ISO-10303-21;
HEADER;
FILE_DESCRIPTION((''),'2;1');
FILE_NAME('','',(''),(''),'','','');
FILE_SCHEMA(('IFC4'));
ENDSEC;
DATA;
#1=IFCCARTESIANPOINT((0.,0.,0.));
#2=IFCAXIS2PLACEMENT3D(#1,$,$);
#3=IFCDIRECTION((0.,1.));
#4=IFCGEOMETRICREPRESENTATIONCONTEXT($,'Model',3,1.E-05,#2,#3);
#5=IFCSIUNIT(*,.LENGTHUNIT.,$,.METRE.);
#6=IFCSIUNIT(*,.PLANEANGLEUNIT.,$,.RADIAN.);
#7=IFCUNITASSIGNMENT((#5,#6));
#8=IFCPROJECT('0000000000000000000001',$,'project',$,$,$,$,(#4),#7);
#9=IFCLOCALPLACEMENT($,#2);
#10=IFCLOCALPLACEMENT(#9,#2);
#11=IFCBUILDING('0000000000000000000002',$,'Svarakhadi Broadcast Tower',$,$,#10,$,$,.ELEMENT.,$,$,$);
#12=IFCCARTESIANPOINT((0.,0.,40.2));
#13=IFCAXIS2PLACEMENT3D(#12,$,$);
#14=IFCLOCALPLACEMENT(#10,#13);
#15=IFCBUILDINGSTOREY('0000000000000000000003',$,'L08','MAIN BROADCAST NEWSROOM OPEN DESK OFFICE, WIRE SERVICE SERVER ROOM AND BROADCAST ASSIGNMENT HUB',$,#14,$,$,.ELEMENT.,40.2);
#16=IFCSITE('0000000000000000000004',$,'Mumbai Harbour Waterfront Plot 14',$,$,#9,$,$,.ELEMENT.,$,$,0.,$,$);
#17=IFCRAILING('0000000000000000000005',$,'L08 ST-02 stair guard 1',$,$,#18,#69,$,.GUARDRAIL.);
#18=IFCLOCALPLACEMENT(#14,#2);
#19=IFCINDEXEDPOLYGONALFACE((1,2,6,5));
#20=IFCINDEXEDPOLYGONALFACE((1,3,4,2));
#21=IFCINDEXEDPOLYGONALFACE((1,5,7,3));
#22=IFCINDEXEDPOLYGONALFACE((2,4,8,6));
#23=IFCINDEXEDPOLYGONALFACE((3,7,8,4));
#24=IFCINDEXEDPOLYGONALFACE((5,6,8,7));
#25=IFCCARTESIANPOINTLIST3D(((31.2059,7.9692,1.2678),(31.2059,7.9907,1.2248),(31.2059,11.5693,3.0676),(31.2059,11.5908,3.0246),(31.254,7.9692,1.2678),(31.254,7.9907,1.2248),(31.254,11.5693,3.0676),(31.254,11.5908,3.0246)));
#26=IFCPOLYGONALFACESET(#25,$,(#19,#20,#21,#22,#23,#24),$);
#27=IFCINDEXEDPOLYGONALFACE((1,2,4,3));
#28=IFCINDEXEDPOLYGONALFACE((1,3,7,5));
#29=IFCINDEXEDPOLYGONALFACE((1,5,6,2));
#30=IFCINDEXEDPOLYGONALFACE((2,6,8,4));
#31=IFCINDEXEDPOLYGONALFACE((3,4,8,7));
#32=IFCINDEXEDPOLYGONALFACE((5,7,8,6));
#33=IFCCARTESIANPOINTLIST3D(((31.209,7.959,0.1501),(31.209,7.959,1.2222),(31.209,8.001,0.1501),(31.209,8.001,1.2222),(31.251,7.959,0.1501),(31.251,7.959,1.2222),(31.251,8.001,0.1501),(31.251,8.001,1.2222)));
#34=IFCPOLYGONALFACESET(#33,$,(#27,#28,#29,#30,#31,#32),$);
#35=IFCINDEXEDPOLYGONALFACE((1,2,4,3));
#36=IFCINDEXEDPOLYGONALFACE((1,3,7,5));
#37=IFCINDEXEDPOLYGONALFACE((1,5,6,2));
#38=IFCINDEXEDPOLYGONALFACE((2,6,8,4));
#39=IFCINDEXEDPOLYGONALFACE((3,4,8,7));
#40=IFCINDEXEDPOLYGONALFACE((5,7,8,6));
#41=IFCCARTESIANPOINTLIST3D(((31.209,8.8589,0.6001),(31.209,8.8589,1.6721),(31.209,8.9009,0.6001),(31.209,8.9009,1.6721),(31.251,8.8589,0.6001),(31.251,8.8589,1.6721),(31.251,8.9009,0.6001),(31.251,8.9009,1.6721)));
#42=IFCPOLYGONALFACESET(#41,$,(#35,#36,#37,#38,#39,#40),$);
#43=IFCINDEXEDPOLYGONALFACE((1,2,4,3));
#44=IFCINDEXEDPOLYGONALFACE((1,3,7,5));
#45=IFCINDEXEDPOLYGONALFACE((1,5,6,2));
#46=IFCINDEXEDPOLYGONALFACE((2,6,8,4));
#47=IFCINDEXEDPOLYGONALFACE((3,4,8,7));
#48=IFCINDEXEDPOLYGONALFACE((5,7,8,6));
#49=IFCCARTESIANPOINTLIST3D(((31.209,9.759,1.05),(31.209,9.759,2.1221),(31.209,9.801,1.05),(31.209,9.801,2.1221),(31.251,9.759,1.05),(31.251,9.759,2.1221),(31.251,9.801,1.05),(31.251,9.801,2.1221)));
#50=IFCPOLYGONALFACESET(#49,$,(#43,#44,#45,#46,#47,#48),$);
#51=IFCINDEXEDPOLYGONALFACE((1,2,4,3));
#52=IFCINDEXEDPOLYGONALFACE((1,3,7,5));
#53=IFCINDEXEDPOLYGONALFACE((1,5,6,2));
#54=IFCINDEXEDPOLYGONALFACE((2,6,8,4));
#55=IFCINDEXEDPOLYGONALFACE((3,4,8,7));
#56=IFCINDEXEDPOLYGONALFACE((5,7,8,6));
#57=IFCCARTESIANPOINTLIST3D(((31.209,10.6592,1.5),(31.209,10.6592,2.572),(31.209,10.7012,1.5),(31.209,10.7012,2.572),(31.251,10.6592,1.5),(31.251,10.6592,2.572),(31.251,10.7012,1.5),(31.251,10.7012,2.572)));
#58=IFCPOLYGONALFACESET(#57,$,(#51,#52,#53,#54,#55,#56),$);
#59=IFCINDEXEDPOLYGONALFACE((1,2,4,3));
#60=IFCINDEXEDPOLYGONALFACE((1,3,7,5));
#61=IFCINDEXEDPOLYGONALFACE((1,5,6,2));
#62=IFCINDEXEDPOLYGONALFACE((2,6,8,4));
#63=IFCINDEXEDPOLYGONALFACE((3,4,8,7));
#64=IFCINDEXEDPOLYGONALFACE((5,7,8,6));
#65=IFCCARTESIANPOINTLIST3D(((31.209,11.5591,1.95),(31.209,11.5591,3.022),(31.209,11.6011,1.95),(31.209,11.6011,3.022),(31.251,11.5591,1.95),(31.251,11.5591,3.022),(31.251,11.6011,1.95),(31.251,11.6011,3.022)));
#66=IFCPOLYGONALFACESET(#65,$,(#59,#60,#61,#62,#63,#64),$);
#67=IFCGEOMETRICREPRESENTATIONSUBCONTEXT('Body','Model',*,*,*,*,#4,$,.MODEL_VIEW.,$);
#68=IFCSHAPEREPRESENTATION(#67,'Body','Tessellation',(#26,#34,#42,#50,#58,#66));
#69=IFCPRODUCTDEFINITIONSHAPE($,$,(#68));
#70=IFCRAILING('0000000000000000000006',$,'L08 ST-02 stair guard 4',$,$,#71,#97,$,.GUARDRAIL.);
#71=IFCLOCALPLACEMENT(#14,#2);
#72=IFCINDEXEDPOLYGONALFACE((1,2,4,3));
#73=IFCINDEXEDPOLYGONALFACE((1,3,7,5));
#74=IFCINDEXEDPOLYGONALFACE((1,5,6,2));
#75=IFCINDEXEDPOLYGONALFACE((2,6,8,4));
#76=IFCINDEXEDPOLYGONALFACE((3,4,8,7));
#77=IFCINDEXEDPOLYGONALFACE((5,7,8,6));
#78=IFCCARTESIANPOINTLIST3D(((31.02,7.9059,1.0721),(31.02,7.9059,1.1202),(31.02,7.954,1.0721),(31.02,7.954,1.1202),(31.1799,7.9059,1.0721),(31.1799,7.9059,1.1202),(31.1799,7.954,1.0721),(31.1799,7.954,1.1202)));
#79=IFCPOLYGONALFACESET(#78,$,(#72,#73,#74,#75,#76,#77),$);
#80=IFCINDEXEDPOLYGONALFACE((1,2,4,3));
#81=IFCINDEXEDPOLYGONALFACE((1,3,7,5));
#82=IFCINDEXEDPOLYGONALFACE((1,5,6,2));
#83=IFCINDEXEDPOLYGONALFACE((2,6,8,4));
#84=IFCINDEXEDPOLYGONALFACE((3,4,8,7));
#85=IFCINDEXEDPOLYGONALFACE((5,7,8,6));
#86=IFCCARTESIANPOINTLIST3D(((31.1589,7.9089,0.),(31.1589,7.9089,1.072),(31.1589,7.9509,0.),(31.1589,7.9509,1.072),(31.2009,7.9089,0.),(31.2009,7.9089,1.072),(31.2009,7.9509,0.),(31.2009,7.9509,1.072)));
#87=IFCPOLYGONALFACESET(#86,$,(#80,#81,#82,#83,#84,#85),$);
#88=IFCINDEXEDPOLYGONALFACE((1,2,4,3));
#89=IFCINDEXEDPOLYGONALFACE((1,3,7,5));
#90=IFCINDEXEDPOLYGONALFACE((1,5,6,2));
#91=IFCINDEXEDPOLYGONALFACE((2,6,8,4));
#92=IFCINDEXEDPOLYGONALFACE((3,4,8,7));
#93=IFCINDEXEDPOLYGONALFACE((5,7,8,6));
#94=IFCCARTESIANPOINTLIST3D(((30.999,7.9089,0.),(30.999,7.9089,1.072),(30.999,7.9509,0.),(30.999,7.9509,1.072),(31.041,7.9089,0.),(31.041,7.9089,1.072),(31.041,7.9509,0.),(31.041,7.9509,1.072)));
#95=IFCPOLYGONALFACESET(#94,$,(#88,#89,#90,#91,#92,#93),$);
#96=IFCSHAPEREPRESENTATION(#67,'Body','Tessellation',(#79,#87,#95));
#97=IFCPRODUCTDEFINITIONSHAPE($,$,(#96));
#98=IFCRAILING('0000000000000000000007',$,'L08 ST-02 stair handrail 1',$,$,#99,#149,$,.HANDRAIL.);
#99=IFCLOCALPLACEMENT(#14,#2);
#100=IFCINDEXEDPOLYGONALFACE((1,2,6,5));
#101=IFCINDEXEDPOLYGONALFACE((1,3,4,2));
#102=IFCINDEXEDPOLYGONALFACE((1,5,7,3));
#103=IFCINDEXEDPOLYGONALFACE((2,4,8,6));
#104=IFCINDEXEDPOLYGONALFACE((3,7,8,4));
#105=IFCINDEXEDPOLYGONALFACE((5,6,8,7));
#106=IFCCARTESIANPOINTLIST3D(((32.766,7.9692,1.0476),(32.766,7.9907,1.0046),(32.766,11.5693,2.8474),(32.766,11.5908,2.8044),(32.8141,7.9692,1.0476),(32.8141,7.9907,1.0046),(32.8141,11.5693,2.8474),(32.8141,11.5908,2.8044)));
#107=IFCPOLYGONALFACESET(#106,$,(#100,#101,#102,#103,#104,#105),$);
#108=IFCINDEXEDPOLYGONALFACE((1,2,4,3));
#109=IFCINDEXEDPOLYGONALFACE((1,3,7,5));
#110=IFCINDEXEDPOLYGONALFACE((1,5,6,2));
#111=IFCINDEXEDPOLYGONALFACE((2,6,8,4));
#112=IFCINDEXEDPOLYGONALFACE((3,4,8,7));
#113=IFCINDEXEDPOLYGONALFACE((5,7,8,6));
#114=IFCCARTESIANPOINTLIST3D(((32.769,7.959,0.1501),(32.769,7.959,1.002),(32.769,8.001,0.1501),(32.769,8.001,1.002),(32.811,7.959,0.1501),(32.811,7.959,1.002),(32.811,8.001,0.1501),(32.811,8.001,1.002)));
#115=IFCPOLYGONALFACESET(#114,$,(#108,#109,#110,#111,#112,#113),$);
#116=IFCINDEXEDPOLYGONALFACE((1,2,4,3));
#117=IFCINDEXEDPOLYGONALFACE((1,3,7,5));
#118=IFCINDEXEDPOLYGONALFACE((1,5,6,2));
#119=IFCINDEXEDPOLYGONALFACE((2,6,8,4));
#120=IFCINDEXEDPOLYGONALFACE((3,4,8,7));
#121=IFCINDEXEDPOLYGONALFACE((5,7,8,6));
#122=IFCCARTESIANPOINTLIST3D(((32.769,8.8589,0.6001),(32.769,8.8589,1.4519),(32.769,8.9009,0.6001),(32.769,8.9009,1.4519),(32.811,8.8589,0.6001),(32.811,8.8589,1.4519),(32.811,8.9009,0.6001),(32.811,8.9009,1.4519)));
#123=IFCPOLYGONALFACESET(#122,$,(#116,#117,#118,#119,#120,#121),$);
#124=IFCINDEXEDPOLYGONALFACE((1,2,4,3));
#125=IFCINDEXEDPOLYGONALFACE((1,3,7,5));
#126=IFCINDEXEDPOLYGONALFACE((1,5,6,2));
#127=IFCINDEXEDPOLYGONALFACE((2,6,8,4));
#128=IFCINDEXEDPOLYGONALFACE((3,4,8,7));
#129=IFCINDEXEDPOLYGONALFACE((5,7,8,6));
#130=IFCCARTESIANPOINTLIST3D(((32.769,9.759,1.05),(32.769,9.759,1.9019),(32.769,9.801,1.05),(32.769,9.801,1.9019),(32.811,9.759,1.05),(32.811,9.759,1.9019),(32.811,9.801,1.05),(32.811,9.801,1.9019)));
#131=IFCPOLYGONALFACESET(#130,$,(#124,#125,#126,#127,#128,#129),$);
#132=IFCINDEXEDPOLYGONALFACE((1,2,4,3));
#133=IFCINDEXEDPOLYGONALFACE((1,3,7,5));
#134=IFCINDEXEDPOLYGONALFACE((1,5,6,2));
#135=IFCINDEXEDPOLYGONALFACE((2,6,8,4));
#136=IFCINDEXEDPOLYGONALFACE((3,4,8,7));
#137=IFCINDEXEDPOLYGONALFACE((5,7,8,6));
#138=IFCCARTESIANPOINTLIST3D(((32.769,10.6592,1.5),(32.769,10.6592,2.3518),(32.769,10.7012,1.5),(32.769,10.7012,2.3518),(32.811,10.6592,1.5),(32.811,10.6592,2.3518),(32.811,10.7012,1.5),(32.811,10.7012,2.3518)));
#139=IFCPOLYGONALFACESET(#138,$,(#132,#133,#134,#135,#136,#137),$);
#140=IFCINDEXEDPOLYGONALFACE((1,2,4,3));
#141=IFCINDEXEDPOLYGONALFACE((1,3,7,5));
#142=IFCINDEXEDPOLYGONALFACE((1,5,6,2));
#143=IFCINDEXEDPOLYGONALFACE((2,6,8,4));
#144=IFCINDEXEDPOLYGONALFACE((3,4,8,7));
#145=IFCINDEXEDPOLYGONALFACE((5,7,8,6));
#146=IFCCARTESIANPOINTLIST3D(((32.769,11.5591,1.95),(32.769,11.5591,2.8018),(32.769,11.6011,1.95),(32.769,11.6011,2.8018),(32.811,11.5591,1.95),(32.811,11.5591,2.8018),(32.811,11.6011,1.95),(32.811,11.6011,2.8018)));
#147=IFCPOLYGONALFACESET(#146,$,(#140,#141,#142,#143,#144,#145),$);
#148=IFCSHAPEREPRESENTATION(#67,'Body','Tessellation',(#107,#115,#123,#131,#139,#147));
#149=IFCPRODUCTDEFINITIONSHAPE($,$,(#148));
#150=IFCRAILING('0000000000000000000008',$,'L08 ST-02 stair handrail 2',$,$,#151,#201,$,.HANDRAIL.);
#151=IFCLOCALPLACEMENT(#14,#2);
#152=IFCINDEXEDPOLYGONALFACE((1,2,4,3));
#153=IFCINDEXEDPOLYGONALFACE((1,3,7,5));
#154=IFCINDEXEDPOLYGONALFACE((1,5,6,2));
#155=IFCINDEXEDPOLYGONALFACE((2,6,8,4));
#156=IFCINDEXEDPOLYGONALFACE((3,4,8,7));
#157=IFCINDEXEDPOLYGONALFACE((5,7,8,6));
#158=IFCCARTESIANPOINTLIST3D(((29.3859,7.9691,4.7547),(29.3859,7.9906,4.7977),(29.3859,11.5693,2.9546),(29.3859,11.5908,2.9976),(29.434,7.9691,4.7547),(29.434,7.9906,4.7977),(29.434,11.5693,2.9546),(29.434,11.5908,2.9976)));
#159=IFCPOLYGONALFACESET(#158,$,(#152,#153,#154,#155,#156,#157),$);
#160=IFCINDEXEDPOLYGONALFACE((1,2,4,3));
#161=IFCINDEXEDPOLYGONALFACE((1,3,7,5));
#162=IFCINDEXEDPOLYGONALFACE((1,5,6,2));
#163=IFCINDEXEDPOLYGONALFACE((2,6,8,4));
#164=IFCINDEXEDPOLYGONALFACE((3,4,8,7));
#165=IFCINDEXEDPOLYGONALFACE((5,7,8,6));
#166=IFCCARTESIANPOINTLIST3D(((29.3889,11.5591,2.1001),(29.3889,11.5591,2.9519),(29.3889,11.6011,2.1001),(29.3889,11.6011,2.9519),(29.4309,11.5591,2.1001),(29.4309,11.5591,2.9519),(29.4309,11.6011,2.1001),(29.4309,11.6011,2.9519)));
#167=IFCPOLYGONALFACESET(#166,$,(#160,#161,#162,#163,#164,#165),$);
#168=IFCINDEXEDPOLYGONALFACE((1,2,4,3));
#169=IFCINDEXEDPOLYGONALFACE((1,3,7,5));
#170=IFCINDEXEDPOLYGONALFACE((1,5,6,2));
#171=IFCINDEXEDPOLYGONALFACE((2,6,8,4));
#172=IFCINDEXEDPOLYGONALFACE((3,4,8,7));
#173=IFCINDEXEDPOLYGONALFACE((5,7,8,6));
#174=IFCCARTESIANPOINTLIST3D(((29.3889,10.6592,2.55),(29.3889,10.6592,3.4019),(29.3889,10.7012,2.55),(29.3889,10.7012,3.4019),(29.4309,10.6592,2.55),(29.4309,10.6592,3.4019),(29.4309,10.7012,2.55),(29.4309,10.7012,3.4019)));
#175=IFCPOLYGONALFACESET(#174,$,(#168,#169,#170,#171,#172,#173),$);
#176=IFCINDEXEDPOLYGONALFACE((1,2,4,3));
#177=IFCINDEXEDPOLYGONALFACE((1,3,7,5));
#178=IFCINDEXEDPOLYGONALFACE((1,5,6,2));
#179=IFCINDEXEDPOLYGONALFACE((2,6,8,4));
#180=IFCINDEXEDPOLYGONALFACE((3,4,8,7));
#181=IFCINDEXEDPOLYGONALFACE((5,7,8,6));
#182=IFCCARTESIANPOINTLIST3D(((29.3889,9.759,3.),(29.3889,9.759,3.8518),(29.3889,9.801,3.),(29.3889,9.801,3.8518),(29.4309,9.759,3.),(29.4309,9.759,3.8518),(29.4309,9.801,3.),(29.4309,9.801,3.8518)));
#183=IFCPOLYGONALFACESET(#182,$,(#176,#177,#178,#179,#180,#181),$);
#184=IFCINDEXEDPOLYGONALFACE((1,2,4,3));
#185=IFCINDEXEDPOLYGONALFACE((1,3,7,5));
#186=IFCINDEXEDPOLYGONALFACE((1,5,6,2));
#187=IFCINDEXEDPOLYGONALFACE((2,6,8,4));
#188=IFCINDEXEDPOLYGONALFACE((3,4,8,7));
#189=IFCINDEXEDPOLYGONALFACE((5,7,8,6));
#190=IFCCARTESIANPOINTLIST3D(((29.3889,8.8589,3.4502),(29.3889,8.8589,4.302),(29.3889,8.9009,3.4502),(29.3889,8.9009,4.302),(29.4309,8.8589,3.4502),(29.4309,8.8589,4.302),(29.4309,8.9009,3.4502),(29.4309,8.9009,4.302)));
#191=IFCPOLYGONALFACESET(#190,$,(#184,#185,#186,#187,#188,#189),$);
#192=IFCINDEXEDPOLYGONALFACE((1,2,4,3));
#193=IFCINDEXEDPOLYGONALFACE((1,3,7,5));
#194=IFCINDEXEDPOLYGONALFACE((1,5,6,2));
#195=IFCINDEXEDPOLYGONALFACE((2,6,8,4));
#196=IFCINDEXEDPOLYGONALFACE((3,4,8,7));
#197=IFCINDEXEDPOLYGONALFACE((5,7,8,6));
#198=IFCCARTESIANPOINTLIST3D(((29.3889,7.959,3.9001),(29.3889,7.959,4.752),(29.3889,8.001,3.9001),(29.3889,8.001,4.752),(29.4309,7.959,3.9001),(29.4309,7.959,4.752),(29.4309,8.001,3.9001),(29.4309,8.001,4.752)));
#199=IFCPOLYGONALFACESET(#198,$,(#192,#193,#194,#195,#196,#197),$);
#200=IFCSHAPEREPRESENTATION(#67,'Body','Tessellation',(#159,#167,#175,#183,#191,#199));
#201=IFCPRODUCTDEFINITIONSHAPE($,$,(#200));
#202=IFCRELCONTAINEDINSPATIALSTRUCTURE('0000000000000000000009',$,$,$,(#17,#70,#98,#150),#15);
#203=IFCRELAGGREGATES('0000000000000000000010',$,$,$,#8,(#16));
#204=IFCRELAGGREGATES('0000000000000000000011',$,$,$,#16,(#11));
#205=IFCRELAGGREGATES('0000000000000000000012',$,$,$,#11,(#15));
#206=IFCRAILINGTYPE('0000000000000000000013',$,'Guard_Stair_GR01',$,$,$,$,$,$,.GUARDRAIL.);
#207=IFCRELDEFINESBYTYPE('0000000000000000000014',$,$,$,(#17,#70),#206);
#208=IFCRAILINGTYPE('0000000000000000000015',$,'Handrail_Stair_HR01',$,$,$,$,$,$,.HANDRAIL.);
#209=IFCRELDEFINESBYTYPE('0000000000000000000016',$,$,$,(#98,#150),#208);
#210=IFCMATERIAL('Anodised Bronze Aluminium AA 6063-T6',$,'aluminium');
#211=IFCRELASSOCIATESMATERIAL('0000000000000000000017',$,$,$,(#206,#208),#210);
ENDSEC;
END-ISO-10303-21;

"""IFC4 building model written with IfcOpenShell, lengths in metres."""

from ifc_helpers import new_model, si_unit, direction, frame, origin, origin_2d, place, context, subcontext, project, spatial, rectangle, extrude, material, type_object, element, save


model = new_model("IFC4")

# Units and contexts
model_context = context("Model", 3, precision=1e-05, world=origin(), true_north=direction((0.0, 1.0)))
body_context = subcontext(model_context, "Body", "Model", "MODEL_VIEW")
ifc_project = project(units=[si_unit("LENGTHUNIT", "METRE"), si_unit("PLANEANGLEUNIT", "RADIAN")], contexts=[model_context])

# Site, building, storey
site_placement = place(None, origin())
site = spatial("IfcSite", under=ifc_project, at=site_placement, Name="Mumbai Harbour Waterfront Plot 14", CompositionType="ELEMENT", RefElevation=0.0)
building_placement = place(site_placement, origin())
building = spatial("IfcBuilding", under=site, at=building_placement, Name="Svarakhadi Broadcast Tower", CompositionType="ELEMENT")
storey_placement = place(building_placement, frame((0.0, 0.0, 40.2)))
storey = spatial("IfcBuildingStorey", under=building, at=storey_placement, Name="L08", Description="MAIN BROADCAST NEWSROOM OPEN DESK OFFICE, WIRE SERVICE SERVER ROOM AND BROADCAST ASSIGNMENT HUB", CompositionType="ELEMENT", Elevation=40.2)

# Shared definitions
ifc_material_1 = material(Name="Anodised Bronze Aluminium AA 6063-T6", Category="aluminium")

# Railings
railing_type_1 = type_object("IfcRailingType", Name="Guard_Stair_GR01", PredefinedType="GUARDRAIL", material=ifc_material_1)
railing_1_placement = place(storey_placement, frame((31.23, 7.98, 0.1501)))
element("IfcRailing", 1, at=railing_1_placement, inside=storey, type_object=railing_type_1, Name="L08 ST-02 stair guard 1", PredefinedType="GUARDRAIL", context=body_context, shape_type="SweptSolid", body=[
    extrude(rectangle(XDim=0.0481, YDim=0.0481, at=origin_2d()), frame((0.0, 0.0, 1.0962), z_axis=(0.0, 0.894451, 0.447165), x_axis=(-1.0, 0.0, 0.0)), (0.0, 0.0, 1.0), 4.0249),
    extrude(rectangle(XDim=0.042, YDim=0.042, at=origin_2d()), origin(), (0.0, 0.0, 1.0), 1.072),
    extrude(rectangle(XDim=0.042, YDim=0.042, at=origin_2d()), frame((0.0, 0.8999, 0.45)), (0.0, 0.0, 1.0), 1.072),
    extrude(rectangle(XDim=0.042, YDim=0.042, at=origin_2d()), frame((0.0, 1.8, 0.8999)), (0.0, 0.0, 1.0), 1.072),
    extrude(rectangle(XDim=0.042, YDim=0.042, at=origin_2d()), frame((0.0, 2.7002, 1.3499)), (0.0, 0.0, 1.0), 1.072),
    extrude(rectangle(XDim=0.042, YDim=0.042, at=origin_2d()), frame((0.0, 3.6001, 1.7998)), (0.0, 0.0, 1.0), 1.072),
])
railing_2_placement = place(storey_placement, frame((31.1799, 7.9299, 0.0)))
element("IfcRailing", 2, at=railing_2_placement, inside=storey, type_object=railing_type_1, Name="L08 ST-02 stair guard 4", PredefinedType="GUARDRAIL", context=body_context, shape_type="SweptSolid", body=[
    extrude(rectangle(XDim=0.0481, YDim=0.0481, at=origin_2d()), frame((0.0, 0.0, 1.0962), z_axis=(-1.0, 0.0, 0.0), x_axis=(0.0, -1.0, 0.0)), (0.0, 0.0, 1.0), 0.1599),
    extrude(rectangle(XDim=0.042, YDim=0.042, at=origin_2d()), origin(), (0.0, 0.0, 1.0), 1.072),
    extrude(rectangle(XDim=0.042, YDim=0.042, at=origin_2d()), frame((-0.1599, 0.0, 0.0)), (0.0, 0.0, 1.0), 1.072),
])
railing_type_2 = type_object("IfcRailingType", Name="Handrail_Stair_HR01", PredefinedType="HANDRAIL", material=ifc_material_1)
railing_3_placement = place(storey_placement, frame((32.79, 7.98, 0.1501)))
element("IfcRailing", 3, at=railing_3_placement, inside=storey, type_object=railing_type_2, Name="L08 ST-02 stair handrail 1", PredefinedType="HANDRAIL", context=body_context, shape_type="SweptSolid", body=[
    extrude(rectangle(XDim=0.0481, YDim=0.0481, at=origin_2d()), frame((0.0, 0.0, 0.876), z_axis=(0.0, 0.894451, 0.447165), x_axis=(-1.0, 0.0, 0.0)), (0.0, 0.0, 1.0), 4.0249),
    extrude(rectangle(XDim=0.042, YDim=0.042, at=origin_2d()), origin(), (0.0, 0.0, 1.0), 0.8518),
    extrude(rectangle(XDim=0.042, YDim=0.042, at=origin_2d()), frame((0.0, 0.8999, 0.45)), (0.0, 0.0, 1.0), 0.8518),
    extrude(rectangle(XDim=0.042, YDim=0.042, at=origin_2d()), frame((0.0, 1.8, 0.8999)), (0.0, 0.0, 1.0), 0.8518),
    extrude(rectangle(XDim=0.042, YDim=0.042, at=origin_2d()), frame((0.0, 2.7002, 1.3499)), (0.0, 0.0, 1.0), 0.8518),
    extrude(rectangle(XDim=0.042, YDim=0.042, at=origin_2d()), frame((0.0, 3.6001, 1.7998)), (0.0, 0.0, 1.0), 0.8518),
])
railing_4_placement = place(storey_placement, frame((29.4099, 11.5801, 2.1001)))
element("IfcRailing", 4, at=railing_4_placement, inside=storey, type_object=railing_type_2, Name="L08 ST-02 stair handrail 2", PredefinedType="HANDRAIL", context=body_context, shape_type="SweptSolid", body=[
    extrude(rectangle(XDim=0.0481, YDim=0.0481, at=origin_2d()), frame((0.0, 0.0, 0.876), z_axis=(0.0, -0.894427, 0.447214), x_axis=(1.0, 0.0, 0.0)), (0.0, 0.0, 1.0), 4.0251),
    extrude(rectangle(XDim=0.042, YDim=0.042, at=origin_2d()), origin(), (0.0, 0.0, 1.0), 0.8518),
    extrude(rectangle(XDim=0.042, YDim=0.042, at=origin_2d()), frame((0.0, -0.8999, 0.45)), (0.0, 0.0, 1.0), 0.8518),
    extrude(rectangle(XDim=0.042, YDim=0.042, at=origin_2d()), frame((0.0, -1.8, 0.8999)), (0.0, 0.0, 1.0), 0.8518),
    extrude(rectangle(XDim=0.042, YDim=0.042, at=origin_2d()), frame((0.0, -2.7002, 1.3501)), (0.0, 0.0, 1.0), 0.8518),
    extrude(rectangle(XDim=0.042, YDim=0.042, at=origin_2d()), frame((0.0, -3.6001, 1.8)), (0.0, 0.0, 1.0), 0.8518),
])

save(model, "model.ifc")
